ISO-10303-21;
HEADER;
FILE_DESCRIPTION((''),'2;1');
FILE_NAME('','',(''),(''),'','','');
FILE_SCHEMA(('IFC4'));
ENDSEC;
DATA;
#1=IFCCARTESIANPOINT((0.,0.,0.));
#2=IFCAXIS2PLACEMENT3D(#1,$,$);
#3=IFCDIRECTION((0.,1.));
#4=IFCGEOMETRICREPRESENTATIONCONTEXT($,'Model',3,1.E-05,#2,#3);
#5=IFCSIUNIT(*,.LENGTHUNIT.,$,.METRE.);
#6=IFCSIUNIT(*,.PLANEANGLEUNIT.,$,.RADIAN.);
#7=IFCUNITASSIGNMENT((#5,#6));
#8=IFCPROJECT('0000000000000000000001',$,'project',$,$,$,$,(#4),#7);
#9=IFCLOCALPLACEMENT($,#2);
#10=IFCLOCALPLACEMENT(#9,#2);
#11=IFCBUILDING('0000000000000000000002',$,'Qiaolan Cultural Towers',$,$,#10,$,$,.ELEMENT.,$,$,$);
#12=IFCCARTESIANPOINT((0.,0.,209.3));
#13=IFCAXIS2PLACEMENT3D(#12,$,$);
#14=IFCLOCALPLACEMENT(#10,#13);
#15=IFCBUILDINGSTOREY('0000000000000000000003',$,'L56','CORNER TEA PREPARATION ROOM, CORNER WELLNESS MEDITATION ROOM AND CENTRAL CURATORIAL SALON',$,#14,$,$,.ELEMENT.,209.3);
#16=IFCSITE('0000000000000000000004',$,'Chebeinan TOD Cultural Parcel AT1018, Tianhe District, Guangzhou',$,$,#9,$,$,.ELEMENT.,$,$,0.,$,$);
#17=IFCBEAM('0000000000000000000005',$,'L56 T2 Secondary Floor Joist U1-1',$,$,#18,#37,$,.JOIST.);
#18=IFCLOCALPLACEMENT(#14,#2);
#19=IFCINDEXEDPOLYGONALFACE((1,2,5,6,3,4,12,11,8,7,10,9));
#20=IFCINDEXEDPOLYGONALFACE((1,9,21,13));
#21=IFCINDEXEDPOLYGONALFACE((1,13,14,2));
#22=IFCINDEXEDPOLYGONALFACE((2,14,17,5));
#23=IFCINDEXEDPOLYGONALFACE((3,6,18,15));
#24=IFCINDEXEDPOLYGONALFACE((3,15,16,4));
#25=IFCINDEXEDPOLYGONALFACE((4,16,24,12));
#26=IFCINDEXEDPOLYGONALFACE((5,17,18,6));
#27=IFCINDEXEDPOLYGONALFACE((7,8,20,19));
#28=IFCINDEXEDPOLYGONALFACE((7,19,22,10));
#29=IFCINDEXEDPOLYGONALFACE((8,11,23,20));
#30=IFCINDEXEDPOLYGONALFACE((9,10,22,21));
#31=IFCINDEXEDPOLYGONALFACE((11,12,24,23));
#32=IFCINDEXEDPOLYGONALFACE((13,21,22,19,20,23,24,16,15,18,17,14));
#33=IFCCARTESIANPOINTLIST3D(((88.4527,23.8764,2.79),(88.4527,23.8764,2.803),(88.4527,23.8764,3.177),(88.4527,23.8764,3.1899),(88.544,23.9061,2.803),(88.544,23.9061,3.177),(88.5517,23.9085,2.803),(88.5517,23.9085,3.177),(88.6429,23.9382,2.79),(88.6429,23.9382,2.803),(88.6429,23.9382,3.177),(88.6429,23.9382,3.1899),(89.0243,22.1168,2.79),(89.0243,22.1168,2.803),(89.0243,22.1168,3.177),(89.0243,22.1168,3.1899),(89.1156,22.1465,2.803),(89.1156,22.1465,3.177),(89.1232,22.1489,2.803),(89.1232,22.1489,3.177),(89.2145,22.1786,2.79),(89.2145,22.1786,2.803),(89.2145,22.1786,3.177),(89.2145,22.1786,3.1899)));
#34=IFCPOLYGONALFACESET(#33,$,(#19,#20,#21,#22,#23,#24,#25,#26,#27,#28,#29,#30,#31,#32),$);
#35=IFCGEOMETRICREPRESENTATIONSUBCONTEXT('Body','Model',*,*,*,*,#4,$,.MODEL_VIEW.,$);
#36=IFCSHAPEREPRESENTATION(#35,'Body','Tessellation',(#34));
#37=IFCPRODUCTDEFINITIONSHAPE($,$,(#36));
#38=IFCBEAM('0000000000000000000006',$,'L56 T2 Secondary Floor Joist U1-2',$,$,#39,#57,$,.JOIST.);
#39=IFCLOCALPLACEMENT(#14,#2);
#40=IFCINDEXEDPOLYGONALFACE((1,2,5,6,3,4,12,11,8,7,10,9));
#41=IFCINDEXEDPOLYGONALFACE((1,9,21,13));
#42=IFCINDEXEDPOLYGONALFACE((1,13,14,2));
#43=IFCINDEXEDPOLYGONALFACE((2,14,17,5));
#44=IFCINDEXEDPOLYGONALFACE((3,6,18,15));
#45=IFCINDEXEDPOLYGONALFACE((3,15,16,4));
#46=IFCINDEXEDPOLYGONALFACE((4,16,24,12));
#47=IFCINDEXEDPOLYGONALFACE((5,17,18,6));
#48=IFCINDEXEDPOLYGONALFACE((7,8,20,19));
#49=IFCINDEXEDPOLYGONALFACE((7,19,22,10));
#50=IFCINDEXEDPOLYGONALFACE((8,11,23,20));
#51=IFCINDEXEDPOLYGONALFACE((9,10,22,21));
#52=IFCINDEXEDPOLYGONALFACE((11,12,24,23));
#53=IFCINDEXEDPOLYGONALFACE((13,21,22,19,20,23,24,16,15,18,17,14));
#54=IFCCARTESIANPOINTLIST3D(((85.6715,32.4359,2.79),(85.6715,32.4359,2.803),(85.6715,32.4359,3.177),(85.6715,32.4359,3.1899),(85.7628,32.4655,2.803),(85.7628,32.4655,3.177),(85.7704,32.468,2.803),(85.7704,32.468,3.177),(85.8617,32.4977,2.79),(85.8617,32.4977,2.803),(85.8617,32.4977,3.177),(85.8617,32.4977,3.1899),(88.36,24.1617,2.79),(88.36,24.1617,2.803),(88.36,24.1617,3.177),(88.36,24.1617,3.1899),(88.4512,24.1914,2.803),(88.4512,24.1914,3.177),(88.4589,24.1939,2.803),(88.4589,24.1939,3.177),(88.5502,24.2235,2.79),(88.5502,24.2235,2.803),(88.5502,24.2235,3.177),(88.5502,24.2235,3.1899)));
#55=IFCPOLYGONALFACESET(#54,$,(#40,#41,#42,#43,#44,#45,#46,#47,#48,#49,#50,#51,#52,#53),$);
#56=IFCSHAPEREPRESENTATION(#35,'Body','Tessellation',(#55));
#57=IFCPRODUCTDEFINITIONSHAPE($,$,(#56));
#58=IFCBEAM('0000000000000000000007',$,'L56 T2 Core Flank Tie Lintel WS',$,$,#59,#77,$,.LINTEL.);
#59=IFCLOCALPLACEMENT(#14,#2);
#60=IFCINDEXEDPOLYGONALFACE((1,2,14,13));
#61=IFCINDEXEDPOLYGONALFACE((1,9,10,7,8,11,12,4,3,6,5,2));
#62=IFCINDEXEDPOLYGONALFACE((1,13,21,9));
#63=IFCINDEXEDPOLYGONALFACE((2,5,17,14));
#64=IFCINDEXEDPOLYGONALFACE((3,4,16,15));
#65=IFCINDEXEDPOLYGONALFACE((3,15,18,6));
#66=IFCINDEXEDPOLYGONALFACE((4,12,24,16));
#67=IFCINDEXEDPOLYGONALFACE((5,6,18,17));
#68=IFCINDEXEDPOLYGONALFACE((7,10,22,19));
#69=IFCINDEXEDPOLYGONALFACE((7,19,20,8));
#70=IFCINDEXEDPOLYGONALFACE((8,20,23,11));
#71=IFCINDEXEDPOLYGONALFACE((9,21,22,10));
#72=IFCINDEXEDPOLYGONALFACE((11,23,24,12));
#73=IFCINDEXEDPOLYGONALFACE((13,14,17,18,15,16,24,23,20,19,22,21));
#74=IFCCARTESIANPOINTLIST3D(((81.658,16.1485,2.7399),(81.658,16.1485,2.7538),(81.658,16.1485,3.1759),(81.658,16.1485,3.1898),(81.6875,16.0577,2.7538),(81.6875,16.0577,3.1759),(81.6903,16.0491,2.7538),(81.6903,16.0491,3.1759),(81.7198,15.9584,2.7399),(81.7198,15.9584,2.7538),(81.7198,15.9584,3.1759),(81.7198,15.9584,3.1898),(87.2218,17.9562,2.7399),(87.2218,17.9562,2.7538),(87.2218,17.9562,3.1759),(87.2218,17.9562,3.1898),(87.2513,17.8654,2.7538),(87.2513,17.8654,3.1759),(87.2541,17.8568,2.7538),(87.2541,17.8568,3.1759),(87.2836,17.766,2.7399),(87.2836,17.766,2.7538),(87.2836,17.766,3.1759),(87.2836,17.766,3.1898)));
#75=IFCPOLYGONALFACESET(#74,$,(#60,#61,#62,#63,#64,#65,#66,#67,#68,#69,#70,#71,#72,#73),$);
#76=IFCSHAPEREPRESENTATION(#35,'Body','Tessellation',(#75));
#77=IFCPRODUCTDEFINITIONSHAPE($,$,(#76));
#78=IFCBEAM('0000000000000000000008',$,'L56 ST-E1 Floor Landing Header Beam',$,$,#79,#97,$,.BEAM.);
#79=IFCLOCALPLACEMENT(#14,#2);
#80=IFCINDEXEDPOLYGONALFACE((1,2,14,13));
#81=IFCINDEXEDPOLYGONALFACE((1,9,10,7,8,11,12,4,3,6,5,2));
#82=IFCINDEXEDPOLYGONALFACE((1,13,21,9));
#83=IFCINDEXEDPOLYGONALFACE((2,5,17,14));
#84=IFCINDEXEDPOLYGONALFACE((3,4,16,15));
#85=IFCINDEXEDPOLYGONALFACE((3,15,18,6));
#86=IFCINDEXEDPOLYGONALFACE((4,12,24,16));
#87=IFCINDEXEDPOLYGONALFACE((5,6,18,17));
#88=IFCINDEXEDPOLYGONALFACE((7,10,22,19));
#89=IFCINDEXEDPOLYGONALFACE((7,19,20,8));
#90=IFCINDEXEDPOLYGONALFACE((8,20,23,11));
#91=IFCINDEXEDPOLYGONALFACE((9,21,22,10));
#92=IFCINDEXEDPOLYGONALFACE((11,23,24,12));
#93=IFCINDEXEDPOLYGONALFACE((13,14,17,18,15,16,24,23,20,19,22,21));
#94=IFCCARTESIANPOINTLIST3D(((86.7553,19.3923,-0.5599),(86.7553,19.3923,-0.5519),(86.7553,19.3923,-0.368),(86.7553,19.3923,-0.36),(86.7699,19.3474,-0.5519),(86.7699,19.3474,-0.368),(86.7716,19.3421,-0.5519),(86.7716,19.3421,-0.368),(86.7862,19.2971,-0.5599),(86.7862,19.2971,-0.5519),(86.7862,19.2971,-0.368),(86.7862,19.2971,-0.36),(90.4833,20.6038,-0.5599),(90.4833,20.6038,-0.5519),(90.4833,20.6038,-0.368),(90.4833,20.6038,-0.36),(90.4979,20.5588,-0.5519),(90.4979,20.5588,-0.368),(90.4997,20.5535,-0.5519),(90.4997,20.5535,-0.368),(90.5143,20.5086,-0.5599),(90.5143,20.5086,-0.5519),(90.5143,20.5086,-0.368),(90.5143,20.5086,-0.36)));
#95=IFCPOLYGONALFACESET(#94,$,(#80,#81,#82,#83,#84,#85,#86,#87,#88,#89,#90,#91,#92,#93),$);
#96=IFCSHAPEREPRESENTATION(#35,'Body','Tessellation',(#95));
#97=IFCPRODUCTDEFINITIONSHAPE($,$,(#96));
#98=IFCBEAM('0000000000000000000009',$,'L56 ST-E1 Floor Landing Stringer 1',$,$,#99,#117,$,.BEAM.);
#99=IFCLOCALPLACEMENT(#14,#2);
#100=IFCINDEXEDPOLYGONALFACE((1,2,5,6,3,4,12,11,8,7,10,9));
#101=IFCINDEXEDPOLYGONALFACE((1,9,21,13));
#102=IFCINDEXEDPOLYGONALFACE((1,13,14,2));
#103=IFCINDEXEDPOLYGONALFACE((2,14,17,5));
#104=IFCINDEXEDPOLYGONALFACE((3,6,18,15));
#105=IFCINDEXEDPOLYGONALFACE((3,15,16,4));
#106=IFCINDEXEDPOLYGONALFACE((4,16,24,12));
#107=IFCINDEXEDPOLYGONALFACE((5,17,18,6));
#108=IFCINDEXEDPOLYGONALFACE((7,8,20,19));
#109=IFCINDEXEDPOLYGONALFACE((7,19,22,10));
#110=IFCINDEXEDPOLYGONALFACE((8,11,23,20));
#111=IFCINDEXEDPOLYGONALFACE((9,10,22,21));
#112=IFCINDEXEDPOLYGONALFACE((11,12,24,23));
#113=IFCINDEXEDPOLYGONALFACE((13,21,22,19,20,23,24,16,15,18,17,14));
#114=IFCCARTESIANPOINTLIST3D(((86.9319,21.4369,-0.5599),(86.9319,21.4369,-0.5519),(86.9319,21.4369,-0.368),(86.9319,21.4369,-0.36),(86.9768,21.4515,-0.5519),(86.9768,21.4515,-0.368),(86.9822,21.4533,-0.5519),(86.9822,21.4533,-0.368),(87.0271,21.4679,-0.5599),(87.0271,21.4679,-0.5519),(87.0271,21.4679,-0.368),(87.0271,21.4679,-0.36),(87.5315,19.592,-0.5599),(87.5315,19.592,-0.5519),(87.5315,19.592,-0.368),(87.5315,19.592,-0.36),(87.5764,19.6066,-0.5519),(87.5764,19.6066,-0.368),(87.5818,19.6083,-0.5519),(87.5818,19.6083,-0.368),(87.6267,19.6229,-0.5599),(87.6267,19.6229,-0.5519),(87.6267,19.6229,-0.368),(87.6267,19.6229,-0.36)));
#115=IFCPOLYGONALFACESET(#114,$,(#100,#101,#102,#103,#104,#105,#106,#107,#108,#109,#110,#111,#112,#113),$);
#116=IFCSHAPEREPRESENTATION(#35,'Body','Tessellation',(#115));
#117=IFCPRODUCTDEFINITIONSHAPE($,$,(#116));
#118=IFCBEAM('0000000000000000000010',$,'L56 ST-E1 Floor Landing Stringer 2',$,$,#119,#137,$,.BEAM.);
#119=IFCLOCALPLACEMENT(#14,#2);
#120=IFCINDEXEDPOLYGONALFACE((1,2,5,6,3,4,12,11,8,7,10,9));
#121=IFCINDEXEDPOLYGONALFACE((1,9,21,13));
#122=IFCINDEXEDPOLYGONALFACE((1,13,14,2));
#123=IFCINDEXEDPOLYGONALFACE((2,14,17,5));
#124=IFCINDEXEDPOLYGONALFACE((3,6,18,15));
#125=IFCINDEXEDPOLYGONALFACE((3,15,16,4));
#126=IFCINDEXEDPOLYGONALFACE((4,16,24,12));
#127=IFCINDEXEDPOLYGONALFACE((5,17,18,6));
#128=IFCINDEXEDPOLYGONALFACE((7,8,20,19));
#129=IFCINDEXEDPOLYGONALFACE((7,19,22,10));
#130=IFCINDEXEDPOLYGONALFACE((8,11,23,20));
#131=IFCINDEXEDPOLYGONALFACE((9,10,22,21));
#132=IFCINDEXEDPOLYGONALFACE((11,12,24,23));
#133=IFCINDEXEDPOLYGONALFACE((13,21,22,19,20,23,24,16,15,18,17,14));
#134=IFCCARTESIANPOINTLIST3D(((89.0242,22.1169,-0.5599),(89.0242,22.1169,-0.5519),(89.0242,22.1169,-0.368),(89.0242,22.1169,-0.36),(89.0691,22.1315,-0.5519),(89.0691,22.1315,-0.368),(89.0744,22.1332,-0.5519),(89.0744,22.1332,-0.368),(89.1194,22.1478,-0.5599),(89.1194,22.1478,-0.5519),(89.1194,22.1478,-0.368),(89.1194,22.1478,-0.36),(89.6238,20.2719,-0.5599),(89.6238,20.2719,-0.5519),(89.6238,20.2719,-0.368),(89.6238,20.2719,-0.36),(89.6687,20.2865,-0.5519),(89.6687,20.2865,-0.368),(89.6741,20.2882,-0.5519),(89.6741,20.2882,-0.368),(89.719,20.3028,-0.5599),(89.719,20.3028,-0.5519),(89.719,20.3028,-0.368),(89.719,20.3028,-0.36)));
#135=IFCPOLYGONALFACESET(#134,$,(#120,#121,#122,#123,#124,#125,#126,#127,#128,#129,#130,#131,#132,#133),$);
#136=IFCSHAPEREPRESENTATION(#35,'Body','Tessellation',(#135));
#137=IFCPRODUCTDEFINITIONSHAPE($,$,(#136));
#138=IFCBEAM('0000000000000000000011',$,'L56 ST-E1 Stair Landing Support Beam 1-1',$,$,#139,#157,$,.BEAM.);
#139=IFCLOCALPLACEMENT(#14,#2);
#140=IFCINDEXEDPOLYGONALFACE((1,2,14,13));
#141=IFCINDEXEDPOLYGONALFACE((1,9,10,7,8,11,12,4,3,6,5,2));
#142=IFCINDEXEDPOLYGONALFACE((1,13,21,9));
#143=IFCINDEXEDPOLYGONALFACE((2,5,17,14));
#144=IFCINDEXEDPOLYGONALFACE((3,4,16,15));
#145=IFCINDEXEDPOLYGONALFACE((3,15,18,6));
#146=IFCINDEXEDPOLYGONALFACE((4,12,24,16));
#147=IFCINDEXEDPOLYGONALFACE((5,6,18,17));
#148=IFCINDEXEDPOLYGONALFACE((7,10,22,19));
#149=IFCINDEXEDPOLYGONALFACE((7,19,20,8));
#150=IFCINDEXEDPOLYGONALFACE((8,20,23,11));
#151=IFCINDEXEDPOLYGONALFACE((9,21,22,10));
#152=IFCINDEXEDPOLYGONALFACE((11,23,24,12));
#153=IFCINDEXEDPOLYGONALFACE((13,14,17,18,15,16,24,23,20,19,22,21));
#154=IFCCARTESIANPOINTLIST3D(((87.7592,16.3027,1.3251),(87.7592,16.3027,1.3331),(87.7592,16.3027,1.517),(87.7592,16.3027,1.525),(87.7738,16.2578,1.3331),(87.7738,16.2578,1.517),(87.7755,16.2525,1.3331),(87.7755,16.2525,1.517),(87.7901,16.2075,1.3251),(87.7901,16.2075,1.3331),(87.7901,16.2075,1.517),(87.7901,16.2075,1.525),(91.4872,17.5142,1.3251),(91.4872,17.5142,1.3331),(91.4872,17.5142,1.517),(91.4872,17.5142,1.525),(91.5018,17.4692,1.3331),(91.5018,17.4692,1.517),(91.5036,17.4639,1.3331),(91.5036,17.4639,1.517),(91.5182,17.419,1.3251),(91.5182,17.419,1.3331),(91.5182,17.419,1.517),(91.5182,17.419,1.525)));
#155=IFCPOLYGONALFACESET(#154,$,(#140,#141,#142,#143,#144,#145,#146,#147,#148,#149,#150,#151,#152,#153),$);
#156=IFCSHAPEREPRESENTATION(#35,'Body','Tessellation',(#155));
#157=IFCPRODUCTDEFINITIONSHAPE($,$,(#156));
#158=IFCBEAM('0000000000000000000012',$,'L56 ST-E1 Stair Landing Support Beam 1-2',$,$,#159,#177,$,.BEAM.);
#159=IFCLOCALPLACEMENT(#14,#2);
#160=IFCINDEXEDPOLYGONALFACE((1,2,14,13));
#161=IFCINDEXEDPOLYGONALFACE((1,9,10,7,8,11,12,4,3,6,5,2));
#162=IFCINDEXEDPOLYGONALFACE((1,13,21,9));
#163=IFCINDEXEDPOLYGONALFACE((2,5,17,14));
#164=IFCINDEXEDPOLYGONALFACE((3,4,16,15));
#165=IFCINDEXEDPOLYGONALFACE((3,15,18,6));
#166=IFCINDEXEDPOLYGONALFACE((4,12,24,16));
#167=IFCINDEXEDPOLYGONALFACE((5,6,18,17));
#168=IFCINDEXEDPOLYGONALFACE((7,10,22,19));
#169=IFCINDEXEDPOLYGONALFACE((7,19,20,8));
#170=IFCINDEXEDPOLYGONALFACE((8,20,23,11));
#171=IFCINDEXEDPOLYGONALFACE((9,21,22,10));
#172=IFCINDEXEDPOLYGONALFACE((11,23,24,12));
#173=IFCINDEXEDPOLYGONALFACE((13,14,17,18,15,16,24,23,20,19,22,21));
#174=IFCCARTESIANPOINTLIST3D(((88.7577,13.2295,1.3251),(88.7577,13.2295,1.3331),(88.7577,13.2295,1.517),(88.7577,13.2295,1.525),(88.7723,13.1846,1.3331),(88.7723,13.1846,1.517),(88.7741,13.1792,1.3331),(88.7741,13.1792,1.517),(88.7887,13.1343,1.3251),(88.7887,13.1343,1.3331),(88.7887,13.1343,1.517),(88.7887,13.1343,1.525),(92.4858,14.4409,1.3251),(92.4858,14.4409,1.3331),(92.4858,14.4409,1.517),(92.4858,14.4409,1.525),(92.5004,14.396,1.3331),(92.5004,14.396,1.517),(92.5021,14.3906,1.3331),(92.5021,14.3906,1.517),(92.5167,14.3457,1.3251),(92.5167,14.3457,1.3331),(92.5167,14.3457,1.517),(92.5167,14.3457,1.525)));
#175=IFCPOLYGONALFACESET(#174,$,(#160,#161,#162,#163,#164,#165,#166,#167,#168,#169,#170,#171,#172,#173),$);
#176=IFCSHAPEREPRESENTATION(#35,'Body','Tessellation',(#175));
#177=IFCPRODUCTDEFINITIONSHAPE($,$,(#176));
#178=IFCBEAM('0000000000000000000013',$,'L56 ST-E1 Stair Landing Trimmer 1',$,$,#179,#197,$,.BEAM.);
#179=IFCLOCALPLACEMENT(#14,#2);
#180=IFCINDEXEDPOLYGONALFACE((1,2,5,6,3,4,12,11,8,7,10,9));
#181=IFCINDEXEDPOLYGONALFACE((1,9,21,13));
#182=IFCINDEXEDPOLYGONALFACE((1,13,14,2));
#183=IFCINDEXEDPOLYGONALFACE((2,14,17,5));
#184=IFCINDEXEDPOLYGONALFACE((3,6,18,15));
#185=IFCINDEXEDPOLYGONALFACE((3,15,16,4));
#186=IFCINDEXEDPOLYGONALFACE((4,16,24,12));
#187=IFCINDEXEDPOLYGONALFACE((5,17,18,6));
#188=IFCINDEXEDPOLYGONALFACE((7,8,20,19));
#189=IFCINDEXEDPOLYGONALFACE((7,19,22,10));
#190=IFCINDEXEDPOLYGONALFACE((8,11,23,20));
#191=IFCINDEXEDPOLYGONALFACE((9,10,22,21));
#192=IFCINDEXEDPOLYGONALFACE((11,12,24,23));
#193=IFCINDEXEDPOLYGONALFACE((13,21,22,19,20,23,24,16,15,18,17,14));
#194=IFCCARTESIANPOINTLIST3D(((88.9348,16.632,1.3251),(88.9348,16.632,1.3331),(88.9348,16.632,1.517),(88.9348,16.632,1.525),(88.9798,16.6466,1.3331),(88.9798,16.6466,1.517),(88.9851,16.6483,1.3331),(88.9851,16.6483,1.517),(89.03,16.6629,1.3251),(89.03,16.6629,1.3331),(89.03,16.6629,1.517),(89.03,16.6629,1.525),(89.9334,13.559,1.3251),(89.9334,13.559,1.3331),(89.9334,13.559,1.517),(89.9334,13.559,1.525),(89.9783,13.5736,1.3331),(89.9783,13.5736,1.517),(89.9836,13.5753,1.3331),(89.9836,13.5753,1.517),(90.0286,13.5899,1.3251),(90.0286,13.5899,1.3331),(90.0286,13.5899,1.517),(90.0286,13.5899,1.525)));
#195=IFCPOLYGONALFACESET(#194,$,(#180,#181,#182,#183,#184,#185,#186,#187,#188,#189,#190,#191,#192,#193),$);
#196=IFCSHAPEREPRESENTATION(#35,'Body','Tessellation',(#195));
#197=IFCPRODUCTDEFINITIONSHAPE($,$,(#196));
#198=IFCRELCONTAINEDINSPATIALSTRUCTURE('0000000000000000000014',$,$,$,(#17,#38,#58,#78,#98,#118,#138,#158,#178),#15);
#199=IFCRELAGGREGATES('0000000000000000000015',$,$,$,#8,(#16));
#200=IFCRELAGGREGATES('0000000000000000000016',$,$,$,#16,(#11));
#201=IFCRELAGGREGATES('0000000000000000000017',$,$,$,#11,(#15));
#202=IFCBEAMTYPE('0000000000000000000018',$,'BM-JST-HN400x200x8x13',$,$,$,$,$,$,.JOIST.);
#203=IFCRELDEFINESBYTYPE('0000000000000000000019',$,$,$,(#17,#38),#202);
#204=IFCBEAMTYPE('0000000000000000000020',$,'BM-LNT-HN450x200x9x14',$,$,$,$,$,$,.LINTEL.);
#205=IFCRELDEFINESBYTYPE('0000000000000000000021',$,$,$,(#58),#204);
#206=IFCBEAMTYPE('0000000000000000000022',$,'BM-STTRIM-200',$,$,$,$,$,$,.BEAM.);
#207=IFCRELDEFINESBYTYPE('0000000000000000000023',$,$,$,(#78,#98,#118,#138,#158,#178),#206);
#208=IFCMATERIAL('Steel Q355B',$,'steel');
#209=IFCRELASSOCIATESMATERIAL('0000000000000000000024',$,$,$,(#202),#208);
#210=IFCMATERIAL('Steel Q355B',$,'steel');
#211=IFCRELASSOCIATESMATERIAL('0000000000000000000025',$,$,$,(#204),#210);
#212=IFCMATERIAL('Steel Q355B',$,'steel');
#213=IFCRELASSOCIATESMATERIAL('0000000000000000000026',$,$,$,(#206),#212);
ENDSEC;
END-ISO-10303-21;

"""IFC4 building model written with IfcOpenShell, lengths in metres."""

from ifc_helpers import new_model, si_unit, direction, frame, origin, origin_2d, place, context, subcontext, project, spatial, i_section, extrude, material, material_profile, profile_set, type_object, element, save


model = new_model("IFC4")

# Units and contexts
model_context = context("Model", 3, precision=1e-05, world=origin(), true_north=direction((0.0, 1.0)))
body_context = subcontext(model_context, "Body", "Model", "MODEL_VIEW")
ifc_project = project(units=[si_unit("LENGTHUNIT", "METRE"), si_unit("PLANEANGLEUNIT", "RADIAN")], contexts=[model_context])

# Site, building, storey
site_placement = place(None, origin())
site = spatial("IfcSite", under=ifc_project, at=site_placement, Name="Chebeinan TOD Cultural Parcel AT1018, Tianhe District, Guangzhou", CompositionType="ELEMENT", RefElevation=0.0)
building_placement = place(site_placement, origin())
building = spatial("IfcBuilding", under=site, at=building_placement, Name="Qiaolan Cultural Towers", CompositionType="ELEMENT")
storey_placement = place(building_placement, frame((0.0, 0.0, 209.3)))
storey = spatial("IfcBuildingStorey", under=building, at=storey_placement, Name="L56", Description="CORNER TEA PREPARATION ROOM, CORNER WELLNESS MEDITATION ROOM AND CENTRAL CURATORIAL SALON", CompositionType="ELEMENT", Elevation=209.3)

# Beams
ifc_material_1 = material(Name="Steel Q355B", Category="steel")
ifc_material_profile_1 = material_profile(ifc_material_1, i_section(OverallWidth=0.2, OverallDepth=0.3999, WebThickness=0.0081, FlangeThickness=0.0129, at=origin_2d()), Name="HN400x200x8x13")
ifc_profile_set_1 = profile_set([ifc_material_profile_1], Name="Steel Q355B")
beam_type_1 = type_object("IfcBeamType", Name="BM-JST-HN400x200x8x13", PredefinedType="JOIST", material=ifc_profile_set_1)
beam_1_placement = place(storey_placement, frame((89.1194, 22.1477, 2.99), z_axis=(-0.308934, 0.951084, 0.0), x_axis=(-0.951084, -0.308934, 0.0)))
element("IfcBeam", 1, at=beam_1_placement, inside=storey, type_object=beam_type_1, Name="L56 T2 Secondary Floor Joist U1-1", PredefinedType="JOIST", context=body_context, shape_type="SweptSolid", body=[
    extrude(i_section(OverallWidth=0.2, OverallDepth=0.3999, WebThickness=0.0081, FlangeThickness=0.0129, at=origin_2d()), origin(), (0.0, 0.0, 1.0), 1.8501),
])
beam_2_placement = place(storey_placement, frame((88.4551, 24.1926, 2.99), z_axis=(-0.309021, 0.951055, 0.0), x_axis=(-0.951055, -0.309021, 0.0)))
element("IfcBeam", 2, at=beam_2_placement, inside=storey, type_object=beam_type_1, Name="L56 T2 Secondary Floor Joist U1-2", PredefinedType="JOIST", context=body_context, shape_type="SweptSolid", body=[
    extrude(i_section(OverallWidth=0.2, OverallDepth=0.3999, WebThickness=0.0081, FlangeThickness=0.0129, at=origin_2d()), origin(), (0.0, 0.0, 1.0), 8.7),
])
ifc_material_2 = material(Name="Steel Q355B", Category="steel")
ifc_material_profile_2 = material_profile(ifc_material_2, i_section(OverallWidth=0.2, OverallDepth=0.45, WebThickness=0.009, FlangeThickness=0.0139, at=origin_2d()), Name="HN450x200x9x14")
ifc_profile_set_2 = profile_set([ifc_material_profile_2], Name="Steel Q355B")
beam_type_2 = type_object("IfcBeamType", Name="BM-LNT-HN450x200x9x14", PredefinedType="LINTEL", material=ifc_profile_set_2)
beam_3_placement = place(storey_placement, frame((87.2527, 17.8611, 2.9648), z_axis=(-0.951064, -0.308995, 0.0), x_axis=(0.308995, -0.951064, 0.0)))
element("IfcBeam", 3, at=beam_3_placement, inside=storey, type_object=beam_type_2, Name="L56 T2 Core Flank Tie Lintel WS", PredefinedType="LINTEL", context=body_context, shape_type="SweptSolid", body=[
    extrude(i_section(OverallWidth=0.2, OverallDepth=0.45, WebThickness=0.009, FlangeThickness=0.0139, at=origin_2d()), origin(), (0.0, 0.0, 1.0), 5.8501),
])
ifc_material_3 = material(Name="Steel Q355B", Category="steel")
ifc_material_profile_3 = material_profile(ifc_material_3, i_section(OverallWidth=0.1001, OverallDepth=0.2, WebThickness=0.0056, FlangeThickness=0.0081, at=origin_2d()), Name="HN200x100x5.5x8")
ifc_profile_set_3 = profile_set([ifc_material_profile_3], Name="Steel Q355B")
beam_type_3 = type_object("IfcBeamType", Name="BM-STTRIM-200", PredefinedType="BEAM", material=ifc_profile_set_3)
beam_4_placement = place(storey_placement, frame((86.7708, 19.3447, -0.46), z_axis=(0.951048, 0.309044, 0.0), x_axis=(-0.309044, 0.951048, 0.0)))
element("IfcBeam", 4, at=beam_4_placement, inside=storey, type_object=beam_type_3, Name="L56 ST-E1 Floor Landing Header Beam", PredefinedType="BEAM", context=body_context, shape_type="SweptSolid", body=[
    extrude(i_section(OverallWidth=0.1001, OverallDepth=0.2, WebThickness=0.0056, FlangeThickness=0.0081, at=origin_2d()), origin(), (0.0, 0.0, 1.0), 3.9199),
])
for number, where, z_axis, x_axis, name in (
    (5, (86.9795, 21.4524, -0.46), (0.309083, -0.951035, 0.0), (0.951035, 0.309083, 0.0), "L56 ST-E1 Floor Landing Stringer 1"),
    (6, (89.0718, 22.1323, -0.46), (0.309083, -0.951035, 0.0), (0.951035, 0.309083, 0.0), "L56 ST-E1 Floor Landing Stringer 2"),
):
    element("IfcBeam", number, at=place(storey_placement, frame(where, z_axis=z_axis, x_axis=x_axis)), inside=storey, type_object=beam_type_3, Name=name, PredefinedType="BEAM", context=body_context, shape_type="SweptSolid", body=[
        extrude(i_section(OverallWidth=0.1001, OverallDepth=0.2, WebThickness=0.0056, FlangeThickness=0.0081, at=origin_2d()), origin(), (0.0, 0.0, 1.0), 1.9399),
    ])
for number, where, z_axis, x_axis, name in (
    (7, (87.7747, 16.2551, 1.425), (0.951048, 0.309044, 0.0), (-0.309044, 0.951048, 0.0), "L56 ST-E1 Stair Landing Support Beam 1-1"),
    (8, (88.7732, 13.1819, 1.425), (0.951048, 0.309044, 0.0), (-0.309044, 0.951048, 0.0), "L56 ST-E1 Stair Landing Support Beam 1-2"),
):
    element("IfcBeam", number, at=place(storey_placement, frame(where, z_axis=z_axis, x_axis=x_axis)), inside=storey, type_object=beam_type_3, Name=name, PredefinedType="BEAM", context=body_context, shape_type="SweptSolid", body=[
        extrude(i_section(OverallWidth=0.1001, OverallDepth=0.2, WebThickness=0.0056, FlangeThickness=0.0081, at=origin_2d()), origin(), (0.0, 0.0, 1.0), 3.9199),
    ])
beam_5_placement = place(storey_placement, frame((88.9824, 16.6475, 1.425), z_axis=(0.309033, -0.951051, 0.0), x_axis=(0.951051, 0.309033, 0.0)))
element("IfcBeam", 9, at=beam_5_placement, inside=storey, type_object=beam_type_3, Name="L56 ST-E1 Stair Landing Trimmer 1", PredefinedType="BEAM", context=body_context, shape_type="SweptSolid", body=[
    extrude(i_section(OverallWidth=0.1001, OverallDepth=0.2, WebThickness=0.0056, FlangeThickness=0.0081, at=origin_2d()), origin(), (0.0, 0.0, 1.0), 3.2312),
])

save(model, "model.ifc")
